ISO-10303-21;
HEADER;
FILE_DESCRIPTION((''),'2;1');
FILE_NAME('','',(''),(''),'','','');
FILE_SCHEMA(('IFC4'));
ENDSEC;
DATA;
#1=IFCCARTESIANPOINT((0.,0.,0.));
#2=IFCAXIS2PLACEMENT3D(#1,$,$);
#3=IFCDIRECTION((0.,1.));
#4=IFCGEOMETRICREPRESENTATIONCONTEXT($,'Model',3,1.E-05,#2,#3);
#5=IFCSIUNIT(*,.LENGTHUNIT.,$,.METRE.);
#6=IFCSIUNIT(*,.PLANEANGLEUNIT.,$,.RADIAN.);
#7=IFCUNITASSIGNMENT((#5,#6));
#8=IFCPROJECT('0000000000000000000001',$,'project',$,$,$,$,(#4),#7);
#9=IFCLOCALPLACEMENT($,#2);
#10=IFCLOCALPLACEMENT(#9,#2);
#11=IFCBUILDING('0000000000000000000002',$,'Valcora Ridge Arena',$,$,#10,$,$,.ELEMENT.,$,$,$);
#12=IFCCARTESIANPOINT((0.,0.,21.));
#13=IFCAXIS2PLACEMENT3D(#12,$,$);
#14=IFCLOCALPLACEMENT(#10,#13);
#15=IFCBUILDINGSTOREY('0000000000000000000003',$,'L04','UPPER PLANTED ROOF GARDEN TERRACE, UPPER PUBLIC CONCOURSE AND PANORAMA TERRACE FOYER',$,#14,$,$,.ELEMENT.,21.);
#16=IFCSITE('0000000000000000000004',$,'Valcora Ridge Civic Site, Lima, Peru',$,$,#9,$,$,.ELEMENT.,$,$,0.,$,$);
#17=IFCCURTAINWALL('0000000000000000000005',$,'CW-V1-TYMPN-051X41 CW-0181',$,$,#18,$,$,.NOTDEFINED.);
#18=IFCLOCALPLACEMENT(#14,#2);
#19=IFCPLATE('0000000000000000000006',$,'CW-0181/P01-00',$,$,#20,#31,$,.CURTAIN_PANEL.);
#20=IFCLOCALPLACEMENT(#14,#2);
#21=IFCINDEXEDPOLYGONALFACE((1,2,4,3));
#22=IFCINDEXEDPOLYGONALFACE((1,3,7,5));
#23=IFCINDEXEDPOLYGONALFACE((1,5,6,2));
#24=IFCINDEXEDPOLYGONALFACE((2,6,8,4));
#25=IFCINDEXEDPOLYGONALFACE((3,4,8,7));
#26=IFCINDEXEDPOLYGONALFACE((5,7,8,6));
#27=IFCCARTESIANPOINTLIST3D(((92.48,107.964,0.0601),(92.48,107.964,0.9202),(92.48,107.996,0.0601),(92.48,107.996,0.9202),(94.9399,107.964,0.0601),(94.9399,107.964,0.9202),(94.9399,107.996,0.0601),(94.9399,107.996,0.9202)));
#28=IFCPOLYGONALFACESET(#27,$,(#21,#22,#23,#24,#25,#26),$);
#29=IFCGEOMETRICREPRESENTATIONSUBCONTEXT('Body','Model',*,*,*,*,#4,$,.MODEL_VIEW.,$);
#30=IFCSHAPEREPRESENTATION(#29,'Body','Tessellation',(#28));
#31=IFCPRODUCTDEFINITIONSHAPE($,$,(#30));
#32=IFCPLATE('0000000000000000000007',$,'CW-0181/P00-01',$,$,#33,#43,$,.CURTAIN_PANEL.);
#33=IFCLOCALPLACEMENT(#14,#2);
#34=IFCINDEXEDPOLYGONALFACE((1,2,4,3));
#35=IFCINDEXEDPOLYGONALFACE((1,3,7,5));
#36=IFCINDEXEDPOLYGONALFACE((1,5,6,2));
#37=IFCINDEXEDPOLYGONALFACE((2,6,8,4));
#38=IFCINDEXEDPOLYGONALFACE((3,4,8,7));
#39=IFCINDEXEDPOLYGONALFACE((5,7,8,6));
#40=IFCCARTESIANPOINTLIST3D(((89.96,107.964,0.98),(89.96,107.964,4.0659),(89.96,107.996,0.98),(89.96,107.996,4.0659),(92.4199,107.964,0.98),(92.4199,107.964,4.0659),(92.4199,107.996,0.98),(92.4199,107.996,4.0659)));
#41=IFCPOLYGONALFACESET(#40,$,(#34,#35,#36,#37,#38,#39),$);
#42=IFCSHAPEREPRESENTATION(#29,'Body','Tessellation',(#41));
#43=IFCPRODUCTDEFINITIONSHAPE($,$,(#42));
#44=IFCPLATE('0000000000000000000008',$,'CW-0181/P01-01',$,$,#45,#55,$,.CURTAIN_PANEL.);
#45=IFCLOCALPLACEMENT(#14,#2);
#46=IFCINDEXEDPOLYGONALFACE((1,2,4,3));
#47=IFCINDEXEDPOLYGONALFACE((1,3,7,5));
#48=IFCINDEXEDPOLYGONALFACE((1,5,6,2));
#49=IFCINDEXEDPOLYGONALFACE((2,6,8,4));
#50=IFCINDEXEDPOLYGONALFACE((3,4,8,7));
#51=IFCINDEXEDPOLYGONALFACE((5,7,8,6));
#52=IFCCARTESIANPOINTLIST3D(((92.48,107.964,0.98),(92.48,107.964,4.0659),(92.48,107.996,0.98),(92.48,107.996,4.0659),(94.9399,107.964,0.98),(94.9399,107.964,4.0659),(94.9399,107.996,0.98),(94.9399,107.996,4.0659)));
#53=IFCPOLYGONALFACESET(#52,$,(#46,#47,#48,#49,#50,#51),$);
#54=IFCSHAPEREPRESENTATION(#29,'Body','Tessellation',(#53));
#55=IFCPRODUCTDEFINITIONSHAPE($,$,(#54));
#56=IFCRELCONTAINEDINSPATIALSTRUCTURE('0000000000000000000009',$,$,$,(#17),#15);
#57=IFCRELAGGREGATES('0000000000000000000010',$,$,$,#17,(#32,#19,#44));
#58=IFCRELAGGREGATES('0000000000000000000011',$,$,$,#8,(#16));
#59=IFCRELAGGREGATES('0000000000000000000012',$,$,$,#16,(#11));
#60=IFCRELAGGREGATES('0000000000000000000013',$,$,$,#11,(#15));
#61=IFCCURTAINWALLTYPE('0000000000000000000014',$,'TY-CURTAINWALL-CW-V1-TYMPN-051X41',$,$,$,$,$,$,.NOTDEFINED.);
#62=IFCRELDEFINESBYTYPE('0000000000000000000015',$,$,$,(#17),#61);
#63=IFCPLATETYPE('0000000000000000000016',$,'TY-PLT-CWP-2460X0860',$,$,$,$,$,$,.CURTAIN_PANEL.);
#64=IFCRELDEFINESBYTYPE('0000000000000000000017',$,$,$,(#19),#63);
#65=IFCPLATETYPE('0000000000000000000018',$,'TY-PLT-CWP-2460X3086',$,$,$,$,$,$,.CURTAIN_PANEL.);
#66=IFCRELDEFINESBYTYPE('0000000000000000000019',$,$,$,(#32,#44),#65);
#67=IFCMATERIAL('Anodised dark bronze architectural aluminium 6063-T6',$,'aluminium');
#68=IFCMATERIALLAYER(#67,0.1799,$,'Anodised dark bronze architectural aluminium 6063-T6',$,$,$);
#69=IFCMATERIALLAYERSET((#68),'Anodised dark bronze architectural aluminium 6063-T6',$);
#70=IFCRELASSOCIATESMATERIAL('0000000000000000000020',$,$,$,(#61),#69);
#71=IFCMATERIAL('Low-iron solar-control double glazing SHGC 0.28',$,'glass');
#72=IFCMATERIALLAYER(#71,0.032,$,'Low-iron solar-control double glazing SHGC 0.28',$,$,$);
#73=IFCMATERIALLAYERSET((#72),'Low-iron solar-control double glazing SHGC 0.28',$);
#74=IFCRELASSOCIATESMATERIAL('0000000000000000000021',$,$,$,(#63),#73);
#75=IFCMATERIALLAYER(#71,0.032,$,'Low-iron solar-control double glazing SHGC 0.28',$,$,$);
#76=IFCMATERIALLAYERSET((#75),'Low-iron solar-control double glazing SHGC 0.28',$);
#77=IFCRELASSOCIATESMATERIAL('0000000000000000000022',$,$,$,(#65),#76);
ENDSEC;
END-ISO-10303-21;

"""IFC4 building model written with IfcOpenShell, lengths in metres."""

from ifc_helpers import new_model, si_unit, direction, frame, origin, origin_2d, place, context, subcontext, project, spatial, rectangle, extrude, material, layer, layer_set, type_object, element, aggregate, save


model = new_model("IFC4")

# Units and contexts
model_context = context("Model", 3, precision=1e-05, world=origin(), true_north=direction((0.0, 1.0)))
body_context = subcontext(model_context, "Body", "Model", "MODEL_VIEW")
ifc_project = project(units=[si_unit("LENGTHUNIT", "METRE"), si_unit("PLANEANGLEUNIT", "RADIAN")], contexts=[model_context])

# Site, building, storey
site_placement = place(None, origin())
site = spatial("IfcSite", under=ifc_project, at=site_placement, Name="Valcora Ridge Civic Site, Lima, Peru", CompositionType="ELEMENT", RefElevation=0.0)
building_placement = place(site_placement, origin())
building = spatial("IfcBuilding", under=site, at=building_placement, Name="Valcora Ridge Arena", CompositionType="ELEMENT")
storey_placement = place(building_placement, frame((0.0, 0.0, 21.0)))
storey = spatial("IfcBuildingStorey", under=building, at=storey_placement, Name="L04", Description="UPPER PLANTED ROOF GARDEN TERRACE, UPPER PUBLIC CONCOURSE AND PANORAMA TERRACE FOYER", CompositionType="ELEMENT", Elevation=21.0)

# Curtain wall, plates
ifc_material_1 = material(Name="Anodised dark bronze architectural aluminium 6063-T6", Category="aluminium")
ifc_layer_1 = layer(ifc_material_1, 0.1799, Name="Anodised dark bronze architectural aluminium 6063-T6")
ifc_layer_set_1 = layer_set([ifc_layer_1], Name="Anodised dark bronze architectural aluminium 6063-T6")
curtain_wall_type = type_object("IfcCurtainWallType", Name="TY-CURTAINWALL-CW-V1-TYMPN-051X41", PredefinedType="NOTDEFINED", material=ifc_layer_set_1)
curtain_wall_placement = place(storey_placement, origin())
curtain_wall = element("IfcCurtainWall", 1, at=curtain_wall_placement, inside=storey, type_object=curtain_wall_type, Name="CW-V1-TYMPN-051X41 CW-0181", PredefinedType="NOTDEFINED")
ifc_material_2 = material(Name="Low-iron solar-control double glazing SHGC 0.28", Category="glass")
ifc_layer_2 = layer(ifc_material_2, 0.032, Name="Low-iron solar-control double glazing SHGC 0.28")
ifc_layer_set_2 = layer_set([ifc_layer_2], Name="Low-iron solar-control double glazing SHGC 0.28")
plate_type_1 = type_object("IfcPlateType", Name="TY-PLT-CWP-2460X0860", PredefinedType="CURTAIN_PANEL", material=ifc_layer_set_2)
plate_1_placement = place(storey_placement, frame((93.71, 107.98, 0.0601), z_axis=(0.0, 0.0, 1.0), x_axis=(1.0, 0.0, 0.0)))
plate_1 = element("IfcPlate", 2, at=plate_1_placement, type_object=plate_type_1, Name="CW-0181/P01-00", PredefinedType="CURTAIN_PANEL", context=body_context, shape_type="SweptSolid", body=[
    extrude(rectangle(XDim=2.46, YDim=0.032, at=origin_2d()), origin(), (0.0, 0.0, 1.0), 0.8601),
])
ifc_layer_3 = layer(ifc_material_2, 0.032, Name="Low-iron solar-control double glazing SHGC 0.28")
ifc_layer_set_3 = layer_set([ifc_layer_3], Name="Low-iron solar-control double glazing SHGC 0.28")
plate_type_2 = type_object("IfcPlateType", Name="TY-PLT-CWP-2460X3086", PredefinedType="CURTAIN_PANEL", material=ifc_layer_set_3)
plate_2_placement = place(storey_placement, frame((91.1899, 107.98, 0.98), z_axis=(0.0, 0.0, 1.0), x_axis=(1.0, 0.0, 0.0)))
plate_2 = element("IfcPlate", 3, at=plate_2_placement, type_object=plate_type_2, Name="CW-0181/P00-01", PredefinedType="CURTAIN_PANEL", context=body_context, shape_type="SweptSolid", body=[
    extrude(rectangle(XDim=2.46, YDim=0.032, at=origin_2d()), origin(), (0.0, 0.0, 1.0), 3.0859),
])
plate_3_placement = place(storey_placement, frame((93.71, 107.98, 0.98), z_axis=(0.0, 0.0, 1.0), x_axis=(1.0, 0.0, 0.0)))
plate_3 = element("IfcPlate", 4, at=plate_3_placement, type_object=plate_type_2, Name="CW-0181/P01-01", PredefinedType="CURTAIN_PANEL", context=body_context, shape_type="SweptSolid", body=[
    extrude(rectangle(XDim=2.46, YDim=0.032, at=origin_2d()), origin(), (0.0, 0.0, 1.0), 3.0859),
])
aggregate(curtain_wall, [plate_2, plate_1, plate_3])

save(model, "model.ifc")
